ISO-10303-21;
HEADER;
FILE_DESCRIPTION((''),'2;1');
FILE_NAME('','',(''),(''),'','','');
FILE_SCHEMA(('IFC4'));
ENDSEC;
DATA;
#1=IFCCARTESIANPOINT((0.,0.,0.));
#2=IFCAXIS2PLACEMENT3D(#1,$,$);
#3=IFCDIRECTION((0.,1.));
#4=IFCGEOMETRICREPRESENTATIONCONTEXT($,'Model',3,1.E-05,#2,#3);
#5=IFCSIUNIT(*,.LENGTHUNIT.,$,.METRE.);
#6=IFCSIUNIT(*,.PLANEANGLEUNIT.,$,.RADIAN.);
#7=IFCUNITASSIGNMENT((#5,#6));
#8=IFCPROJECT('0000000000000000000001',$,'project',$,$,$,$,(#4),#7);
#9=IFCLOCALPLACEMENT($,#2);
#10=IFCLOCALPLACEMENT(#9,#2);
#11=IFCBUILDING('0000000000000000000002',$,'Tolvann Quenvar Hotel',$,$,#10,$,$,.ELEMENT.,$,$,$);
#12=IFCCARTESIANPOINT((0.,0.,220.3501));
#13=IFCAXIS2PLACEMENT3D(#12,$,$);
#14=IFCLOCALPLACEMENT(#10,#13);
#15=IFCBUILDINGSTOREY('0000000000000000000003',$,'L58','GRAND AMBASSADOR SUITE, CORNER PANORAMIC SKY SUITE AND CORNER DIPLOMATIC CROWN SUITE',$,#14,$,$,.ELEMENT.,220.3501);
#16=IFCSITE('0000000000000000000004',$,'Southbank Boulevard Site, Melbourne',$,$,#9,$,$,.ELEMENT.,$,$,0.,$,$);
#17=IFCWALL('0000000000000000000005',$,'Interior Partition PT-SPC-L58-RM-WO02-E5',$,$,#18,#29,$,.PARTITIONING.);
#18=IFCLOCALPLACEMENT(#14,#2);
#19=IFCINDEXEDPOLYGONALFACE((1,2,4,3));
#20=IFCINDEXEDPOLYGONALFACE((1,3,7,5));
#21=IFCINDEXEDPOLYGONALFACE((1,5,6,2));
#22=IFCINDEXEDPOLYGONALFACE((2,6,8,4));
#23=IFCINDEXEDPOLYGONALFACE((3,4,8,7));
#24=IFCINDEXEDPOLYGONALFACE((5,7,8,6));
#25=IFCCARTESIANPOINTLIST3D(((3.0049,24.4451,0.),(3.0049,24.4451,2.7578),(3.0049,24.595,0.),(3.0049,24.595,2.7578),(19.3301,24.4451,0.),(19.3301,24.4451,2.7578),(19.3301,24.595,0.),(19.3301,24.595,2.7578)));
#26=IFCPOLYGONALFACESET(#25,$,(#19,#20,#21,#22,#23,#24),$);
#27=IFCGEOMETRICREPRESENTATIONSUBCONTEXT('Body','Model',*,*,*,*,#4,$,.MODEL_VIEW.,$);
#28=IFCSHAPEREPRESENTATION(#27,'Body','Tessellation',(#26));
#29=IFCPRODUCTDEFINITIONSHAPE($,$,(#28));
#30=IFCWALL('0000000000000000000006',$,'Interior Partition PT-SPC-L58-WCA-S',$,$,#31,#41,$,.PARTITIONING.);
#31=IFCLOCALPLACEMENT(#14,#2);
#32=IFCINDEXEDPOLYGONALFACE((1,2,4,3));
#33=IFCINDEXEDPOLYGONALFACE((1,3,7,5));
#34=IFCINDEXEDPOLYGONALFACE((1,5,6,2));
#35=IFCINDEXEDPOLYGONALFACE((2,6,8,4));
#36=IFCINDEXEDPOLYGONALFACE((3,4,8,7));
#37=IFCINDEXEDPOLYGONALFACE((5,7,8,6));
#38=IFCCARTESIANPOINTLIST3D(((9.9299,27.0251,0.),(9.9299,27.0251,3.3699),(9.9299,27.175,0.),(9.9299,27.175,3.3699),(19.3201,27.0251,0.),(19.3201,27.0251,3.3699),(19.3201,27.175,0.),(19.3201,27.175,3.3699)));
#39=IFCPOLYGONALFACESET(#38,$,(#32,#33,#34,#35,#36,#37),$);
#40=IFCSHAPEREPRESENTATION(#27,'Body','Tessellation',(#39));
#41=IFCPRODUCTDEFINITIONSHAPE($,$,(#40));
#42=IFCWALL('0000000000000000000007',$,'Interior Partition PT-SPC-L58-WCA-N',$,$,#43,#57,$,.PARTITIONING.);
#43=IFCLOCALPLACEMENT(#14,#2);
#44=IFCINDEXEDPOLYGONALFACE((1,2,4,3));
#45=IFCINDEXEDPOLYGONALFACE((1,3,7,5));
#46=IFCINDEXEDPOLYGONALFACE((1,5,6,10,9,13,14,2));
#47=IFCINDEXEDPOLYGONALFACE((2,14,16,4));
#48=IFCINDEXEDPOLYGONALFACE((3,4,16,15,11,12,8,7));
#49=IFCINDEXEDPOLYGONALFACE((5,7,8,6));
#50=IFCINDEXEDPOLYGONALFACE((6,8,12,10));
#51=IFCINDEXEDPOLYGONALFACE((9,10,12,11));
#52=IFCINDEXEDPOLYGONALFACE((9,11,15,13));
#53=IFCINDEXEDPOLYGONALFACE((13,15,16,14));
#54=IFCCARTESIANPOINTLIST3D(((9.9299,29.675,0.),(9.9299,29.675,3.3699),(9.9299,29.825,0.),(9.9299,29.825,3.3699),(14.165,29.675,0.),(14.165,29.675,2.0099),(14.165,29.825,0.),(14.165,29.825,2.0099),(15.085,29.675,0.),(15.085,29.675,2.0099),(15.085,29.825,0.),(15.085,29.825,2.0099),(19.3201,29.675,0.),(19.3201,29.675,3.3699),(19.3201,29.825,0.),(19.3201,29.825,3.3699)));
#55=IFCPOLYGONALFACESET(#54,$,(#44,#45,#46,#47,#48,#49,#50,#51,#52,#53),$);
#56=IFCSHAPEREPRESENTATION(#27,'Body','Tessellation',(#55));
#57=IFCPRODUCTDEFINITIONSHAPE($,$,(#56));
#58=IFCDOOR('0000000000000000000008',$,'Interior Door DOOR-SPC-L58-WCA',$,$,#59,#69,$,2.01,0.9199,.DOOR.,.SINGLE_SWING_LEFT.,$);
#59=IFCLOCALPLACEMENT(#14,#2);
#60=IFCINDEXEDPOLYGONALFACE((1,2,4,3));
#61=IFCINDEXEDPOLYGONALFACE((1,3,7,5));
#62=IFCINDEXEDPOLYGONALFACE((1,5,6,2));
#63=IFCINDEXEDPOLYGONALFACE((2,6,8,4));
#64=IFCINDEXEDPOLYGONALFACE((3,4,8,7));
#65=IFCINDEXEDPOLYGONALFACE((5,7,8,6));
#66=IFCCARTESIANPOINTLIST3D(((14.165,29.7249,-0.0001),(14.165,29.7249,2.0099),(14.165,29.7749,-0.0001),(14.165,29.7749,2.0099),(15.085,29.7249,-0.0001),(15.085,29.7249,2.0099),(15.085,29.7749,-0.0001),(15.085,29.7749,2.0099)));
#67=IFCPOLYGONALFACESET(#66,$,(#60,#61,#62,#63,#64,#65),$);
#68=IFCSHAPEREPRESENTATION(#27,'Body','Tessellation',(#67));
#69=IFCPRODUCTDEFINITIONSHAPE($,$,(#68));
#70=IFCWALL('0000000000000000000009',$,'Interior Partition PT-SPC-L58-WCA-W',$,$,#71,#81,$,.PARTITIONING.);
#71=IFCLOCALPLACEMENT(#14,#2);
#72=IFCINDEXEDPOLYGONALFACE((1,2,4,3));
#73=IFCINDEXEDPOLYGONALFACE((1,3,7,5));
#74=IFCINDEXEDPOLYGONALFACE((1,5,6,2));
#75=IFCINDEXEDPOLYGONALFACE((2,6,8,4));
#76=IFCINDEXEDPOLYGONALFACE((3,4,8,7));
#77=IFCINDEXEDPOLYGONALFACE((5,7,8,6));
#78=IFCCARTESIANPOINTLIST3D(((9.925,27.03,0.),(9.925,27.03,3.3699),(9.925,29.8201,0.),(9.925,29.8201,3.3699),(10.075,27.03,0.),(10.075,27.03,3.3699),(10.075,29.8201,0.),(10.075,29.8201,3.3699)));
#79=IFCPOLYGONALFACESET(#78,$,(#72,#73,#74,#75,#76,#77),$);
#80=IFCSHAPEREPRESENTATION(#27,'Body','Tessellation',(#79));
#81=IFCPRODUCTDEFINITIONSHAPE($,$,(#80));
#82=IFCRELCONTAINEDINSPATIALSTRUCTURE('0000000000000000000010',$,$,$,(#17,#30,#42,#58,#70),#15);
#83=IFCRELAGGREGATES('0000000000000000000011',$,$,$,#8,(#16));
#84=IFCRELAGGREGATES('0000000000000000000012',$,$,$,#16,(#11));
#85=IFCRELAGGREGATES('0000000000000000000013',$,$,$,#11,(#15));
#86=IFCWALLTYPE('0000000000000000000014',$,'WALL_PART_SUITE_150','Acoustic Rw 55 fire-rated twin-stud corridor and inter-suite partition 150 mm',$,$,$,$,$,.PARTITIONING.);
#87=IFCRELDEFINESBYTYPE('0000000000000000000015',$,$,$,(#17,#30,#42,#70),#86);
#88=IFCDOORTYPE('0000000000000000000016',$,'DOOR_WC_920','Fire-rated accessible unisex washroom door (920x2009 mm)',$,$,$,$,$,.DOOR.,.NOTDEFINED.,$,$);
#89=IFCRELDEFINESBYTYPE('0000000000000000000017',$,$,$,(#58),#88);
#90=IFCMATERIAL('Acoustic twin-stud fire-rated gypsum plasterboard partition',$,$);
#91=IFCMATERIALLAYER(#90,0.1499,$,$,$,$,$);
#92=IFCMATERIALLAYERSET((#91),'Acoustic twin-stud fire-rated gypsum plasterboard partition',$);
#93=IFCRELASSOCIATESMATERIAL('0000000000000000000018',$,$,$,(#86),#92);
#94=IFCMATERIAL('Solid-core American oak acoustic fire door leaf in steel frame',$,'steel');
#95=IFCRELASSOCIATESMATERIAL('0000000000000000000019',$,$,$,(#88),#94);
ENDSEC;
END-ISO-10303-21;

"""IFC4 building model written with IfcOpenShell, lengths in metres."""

from ifc_helpers import new_model, si_unit, direction, frame, frame_2d, origin, place, context, subcontext, project, spatial, rectangle, extrude, source, transform, mapped, material, layer, layer_set, type_object, type_shapes, element, fill, save


model = new_model("IFC4")

# Units and contexts
model_context = context("Model", 3, precision=1e-05, world=origin(), true_north=direction((0.0, 1.0)))
body_context = subcontext(model_context, "Body", "Model", "MODEL_VIEW")
ifc_project = project(units=[si_unit("LENGTHUNIT", "METRE"), si_unit("PLANEANGLEUNIT", "RADIAN")], contexts=[model_context])

# Site, building, storey
site_placement = place(None, origin())
site = spatial("IfcSite", under=ifc_project, at=site_placement, Name="Southbank Boulevard Site, Melbourne", CompositionType="ELEMENT", RefElevation=0.0)
building_placement = place(site_placement, origin())
building = spatial("IfcBuilding", under=site, at=building_placement, Name="Tolvann Quenvar Hotel", CompositionType="ELEMENT")
storey_placement = place(building_placement, frame((0.0, 0.0, 220.3501)))
storey = spatial("IfcBuildingStorey", under=building, at=storey_placement, Name="L58", Description="GRAND AMBASSADOR SUITE, CORNER PANORAMIC SKY SUITE AND CORNER DIPLOMATIC CROWN SUITE", CompositionType="ELEMENT", Elevation=220.3501)

# Shared definitions
ifc_material_1 = material(Name="Solid-core American oak acoustic fire door leaf in steel frame", Category="steel")

# Shared definitions
ifc_material_2 = material(Name="Acoustic twin-stud fire-rated gypsum plasterboard partition")

# Walls
ifc_layer_1 = layer(ifc_material_2, 0.1499)
ifc_layer_set_1 = layer_set([ifc_layer_1], Name="Acoustic twin-stud fire-rated gypsum plasterboard partition")
wall_type_1 = type_object("IfcWallType", Name="WALL_PART_SUITE_150", Description="Acoustic Rw 55 fire-rated twin-stud corridor and inter-suite partition 150 mm", PredefinedType="PARTITIONING", material=ifc_layer_set_1)
wall_1_placement = place(storey_placement, frame((3.0049, 24.52, 0.0), z_axis=(0.0, 0.0, 1.0), x_axis=(1.0, 0.0, 0.0)))
element("IfcWall", 1, at=wall_1_placement, inside=storey, type_object=wall_type_1, Name="Interior Partition PT-SPC-L58-RM-WO02-E5", PredefinedType="PARTITIONING", context=body_context, shape_type="SweptSolid", body=[
    extrude(rectangle(XDim=16.3252, YDim=0.1499, at=frame_2d((8.1626, 0.0))), origin(), (0.0, 0.0, 1.0), 2.7578),
])
wall_2_placement = place(storey_placement, frame((9.9299, 27.1001, 0.0), z_axis=(0.0, 0.0, 1.0), x_axis=(1.0, 0.0, 0.0)))
element("IfcWall", 2, at=wall_2_placement, inside=storey, type_object=wall_type_1, Name="Interior Partition PT-SPC-L58-WCA-S", PredefinedType="PARTITIONING", context=body_context, shape_type="SweptSolid", body=[
    extrude(rectangle(XDim=9.3901, YDim=0.1499, at=frame_2d((4.6951, 0.0))), origin(), (0.0, 0.0, 1.0), 3.3699),
])

# Wall, opening, door
wall_3_placement = place(storey_placement, frame((9.9299, 29.75, 0.0), z_axis=(0.0, 0.0, 1.0), x_axis=(1.0, 0.0, 0.0)))
wall_3 = element("IfcWall", 3, at=wall_3_placement, inside=storey, type_object=wall_type_1, Name="Interior Partition PT-SPC-L58-WCA-N", PredefinedType="PARTITIONING", context=body_context, shape_type="SweptSolid", body=[
    extrude(rectangle(XDim=9.3901, YDim=0.1499, at=frame_2d((4.6951, 0.0))), origin(), (0.0, 0.0, 1.0), 3.3699),
])
opening_1_placement = place(wall_3_placement, frame((4.2351, 0.0, 0.0)))
opening_1 = element("IfcOpeningElement", 4, at=opening_1_placement, cuts=wall_3, PredefinedType="OPENING", context=body_context, shape_type="SweptSolid", body=[
    extrude(rectangle(XDim=0.9199, YDim=2.01, at=frame_2d((0.46, 1.0049))), frame((0.0, 0.085, 0.0), z_axis=(0.0, -1.0, 0.0), x_axis=(1.0, 0.0, 0.0)), (0.0, 0.0, 1.0), 0.1699),
])
door_type_1 = type_object("IfcDoorType", Name="DOOR_WC_920", Description="Fire-rated accessible unisex washroom door (920x2009 mm)", OperationType="NOTDEFINED", PredefinedType="DOOR", material=ifc_material_1)
shared_shape_1 = source(origin(), body_context, "Body", "SweptSolid", [
    extrude(rectangle(XDim=0.9199, YDim=2.01, at=frame_2d((0.46, 1.0049))), frame((0.0, 0.0249, 0.0), z_axis=(0.0, -1.0, 0.0), x_axis=(1.0, 0.0, 0.0)), (0.0, 0.0, 1.0), 0.05),
])
type_shapes(door_type_1, [shared_shape_1])
door_1_placement = place(opening_1_placement, origin())
door_1 = element("IfcDoor", 5, at=door_1_placement, inside=storey, type_object=door_type_1, Name="Interior Door DOOR-SPC-L58-WCA", OperationType="SINGLE_SWING_LEFT", OverallHeight=2.01, OverallWidth=0.9199, PredefinedType="DOOR", context=body_context, shape_type="MappedRepresentation", body=[
    mapped(shared_shape_1, transform((0.0, 0.0, 0.0), x_axis=(1.0, 0.0, 0.0), y_axis=(0.0, 1.0, 0.0), z_axis=(0.0, 0.0, 1.0), scale=1.0)),
])
fill(opening_1, door_1)

# Wall
wall_4_placement = place(storey_placement, frame((10.0, 27.03, 0.0), z_axis=(0.0, 0.0, 1.0), x_axis=(0.0, 1.0, 0.0)))
element("IfcWall", 6, at=wall_4_placement, inside=storey, type_object=wall_type_1, Name="Interior Partition PT-SPC-L58-WCA-W", PredefinedType="PARTITIONING", context=body_context, shape_type="SweptSolid", body=[
    extrude(rectangle(XDim=2.79, YDim=0.1499, at=frame_2d((1.395, 0.0))), origin(), (0.0, 0.0, 1.0), 3.3699),
])

save(model, "model.ifc")
